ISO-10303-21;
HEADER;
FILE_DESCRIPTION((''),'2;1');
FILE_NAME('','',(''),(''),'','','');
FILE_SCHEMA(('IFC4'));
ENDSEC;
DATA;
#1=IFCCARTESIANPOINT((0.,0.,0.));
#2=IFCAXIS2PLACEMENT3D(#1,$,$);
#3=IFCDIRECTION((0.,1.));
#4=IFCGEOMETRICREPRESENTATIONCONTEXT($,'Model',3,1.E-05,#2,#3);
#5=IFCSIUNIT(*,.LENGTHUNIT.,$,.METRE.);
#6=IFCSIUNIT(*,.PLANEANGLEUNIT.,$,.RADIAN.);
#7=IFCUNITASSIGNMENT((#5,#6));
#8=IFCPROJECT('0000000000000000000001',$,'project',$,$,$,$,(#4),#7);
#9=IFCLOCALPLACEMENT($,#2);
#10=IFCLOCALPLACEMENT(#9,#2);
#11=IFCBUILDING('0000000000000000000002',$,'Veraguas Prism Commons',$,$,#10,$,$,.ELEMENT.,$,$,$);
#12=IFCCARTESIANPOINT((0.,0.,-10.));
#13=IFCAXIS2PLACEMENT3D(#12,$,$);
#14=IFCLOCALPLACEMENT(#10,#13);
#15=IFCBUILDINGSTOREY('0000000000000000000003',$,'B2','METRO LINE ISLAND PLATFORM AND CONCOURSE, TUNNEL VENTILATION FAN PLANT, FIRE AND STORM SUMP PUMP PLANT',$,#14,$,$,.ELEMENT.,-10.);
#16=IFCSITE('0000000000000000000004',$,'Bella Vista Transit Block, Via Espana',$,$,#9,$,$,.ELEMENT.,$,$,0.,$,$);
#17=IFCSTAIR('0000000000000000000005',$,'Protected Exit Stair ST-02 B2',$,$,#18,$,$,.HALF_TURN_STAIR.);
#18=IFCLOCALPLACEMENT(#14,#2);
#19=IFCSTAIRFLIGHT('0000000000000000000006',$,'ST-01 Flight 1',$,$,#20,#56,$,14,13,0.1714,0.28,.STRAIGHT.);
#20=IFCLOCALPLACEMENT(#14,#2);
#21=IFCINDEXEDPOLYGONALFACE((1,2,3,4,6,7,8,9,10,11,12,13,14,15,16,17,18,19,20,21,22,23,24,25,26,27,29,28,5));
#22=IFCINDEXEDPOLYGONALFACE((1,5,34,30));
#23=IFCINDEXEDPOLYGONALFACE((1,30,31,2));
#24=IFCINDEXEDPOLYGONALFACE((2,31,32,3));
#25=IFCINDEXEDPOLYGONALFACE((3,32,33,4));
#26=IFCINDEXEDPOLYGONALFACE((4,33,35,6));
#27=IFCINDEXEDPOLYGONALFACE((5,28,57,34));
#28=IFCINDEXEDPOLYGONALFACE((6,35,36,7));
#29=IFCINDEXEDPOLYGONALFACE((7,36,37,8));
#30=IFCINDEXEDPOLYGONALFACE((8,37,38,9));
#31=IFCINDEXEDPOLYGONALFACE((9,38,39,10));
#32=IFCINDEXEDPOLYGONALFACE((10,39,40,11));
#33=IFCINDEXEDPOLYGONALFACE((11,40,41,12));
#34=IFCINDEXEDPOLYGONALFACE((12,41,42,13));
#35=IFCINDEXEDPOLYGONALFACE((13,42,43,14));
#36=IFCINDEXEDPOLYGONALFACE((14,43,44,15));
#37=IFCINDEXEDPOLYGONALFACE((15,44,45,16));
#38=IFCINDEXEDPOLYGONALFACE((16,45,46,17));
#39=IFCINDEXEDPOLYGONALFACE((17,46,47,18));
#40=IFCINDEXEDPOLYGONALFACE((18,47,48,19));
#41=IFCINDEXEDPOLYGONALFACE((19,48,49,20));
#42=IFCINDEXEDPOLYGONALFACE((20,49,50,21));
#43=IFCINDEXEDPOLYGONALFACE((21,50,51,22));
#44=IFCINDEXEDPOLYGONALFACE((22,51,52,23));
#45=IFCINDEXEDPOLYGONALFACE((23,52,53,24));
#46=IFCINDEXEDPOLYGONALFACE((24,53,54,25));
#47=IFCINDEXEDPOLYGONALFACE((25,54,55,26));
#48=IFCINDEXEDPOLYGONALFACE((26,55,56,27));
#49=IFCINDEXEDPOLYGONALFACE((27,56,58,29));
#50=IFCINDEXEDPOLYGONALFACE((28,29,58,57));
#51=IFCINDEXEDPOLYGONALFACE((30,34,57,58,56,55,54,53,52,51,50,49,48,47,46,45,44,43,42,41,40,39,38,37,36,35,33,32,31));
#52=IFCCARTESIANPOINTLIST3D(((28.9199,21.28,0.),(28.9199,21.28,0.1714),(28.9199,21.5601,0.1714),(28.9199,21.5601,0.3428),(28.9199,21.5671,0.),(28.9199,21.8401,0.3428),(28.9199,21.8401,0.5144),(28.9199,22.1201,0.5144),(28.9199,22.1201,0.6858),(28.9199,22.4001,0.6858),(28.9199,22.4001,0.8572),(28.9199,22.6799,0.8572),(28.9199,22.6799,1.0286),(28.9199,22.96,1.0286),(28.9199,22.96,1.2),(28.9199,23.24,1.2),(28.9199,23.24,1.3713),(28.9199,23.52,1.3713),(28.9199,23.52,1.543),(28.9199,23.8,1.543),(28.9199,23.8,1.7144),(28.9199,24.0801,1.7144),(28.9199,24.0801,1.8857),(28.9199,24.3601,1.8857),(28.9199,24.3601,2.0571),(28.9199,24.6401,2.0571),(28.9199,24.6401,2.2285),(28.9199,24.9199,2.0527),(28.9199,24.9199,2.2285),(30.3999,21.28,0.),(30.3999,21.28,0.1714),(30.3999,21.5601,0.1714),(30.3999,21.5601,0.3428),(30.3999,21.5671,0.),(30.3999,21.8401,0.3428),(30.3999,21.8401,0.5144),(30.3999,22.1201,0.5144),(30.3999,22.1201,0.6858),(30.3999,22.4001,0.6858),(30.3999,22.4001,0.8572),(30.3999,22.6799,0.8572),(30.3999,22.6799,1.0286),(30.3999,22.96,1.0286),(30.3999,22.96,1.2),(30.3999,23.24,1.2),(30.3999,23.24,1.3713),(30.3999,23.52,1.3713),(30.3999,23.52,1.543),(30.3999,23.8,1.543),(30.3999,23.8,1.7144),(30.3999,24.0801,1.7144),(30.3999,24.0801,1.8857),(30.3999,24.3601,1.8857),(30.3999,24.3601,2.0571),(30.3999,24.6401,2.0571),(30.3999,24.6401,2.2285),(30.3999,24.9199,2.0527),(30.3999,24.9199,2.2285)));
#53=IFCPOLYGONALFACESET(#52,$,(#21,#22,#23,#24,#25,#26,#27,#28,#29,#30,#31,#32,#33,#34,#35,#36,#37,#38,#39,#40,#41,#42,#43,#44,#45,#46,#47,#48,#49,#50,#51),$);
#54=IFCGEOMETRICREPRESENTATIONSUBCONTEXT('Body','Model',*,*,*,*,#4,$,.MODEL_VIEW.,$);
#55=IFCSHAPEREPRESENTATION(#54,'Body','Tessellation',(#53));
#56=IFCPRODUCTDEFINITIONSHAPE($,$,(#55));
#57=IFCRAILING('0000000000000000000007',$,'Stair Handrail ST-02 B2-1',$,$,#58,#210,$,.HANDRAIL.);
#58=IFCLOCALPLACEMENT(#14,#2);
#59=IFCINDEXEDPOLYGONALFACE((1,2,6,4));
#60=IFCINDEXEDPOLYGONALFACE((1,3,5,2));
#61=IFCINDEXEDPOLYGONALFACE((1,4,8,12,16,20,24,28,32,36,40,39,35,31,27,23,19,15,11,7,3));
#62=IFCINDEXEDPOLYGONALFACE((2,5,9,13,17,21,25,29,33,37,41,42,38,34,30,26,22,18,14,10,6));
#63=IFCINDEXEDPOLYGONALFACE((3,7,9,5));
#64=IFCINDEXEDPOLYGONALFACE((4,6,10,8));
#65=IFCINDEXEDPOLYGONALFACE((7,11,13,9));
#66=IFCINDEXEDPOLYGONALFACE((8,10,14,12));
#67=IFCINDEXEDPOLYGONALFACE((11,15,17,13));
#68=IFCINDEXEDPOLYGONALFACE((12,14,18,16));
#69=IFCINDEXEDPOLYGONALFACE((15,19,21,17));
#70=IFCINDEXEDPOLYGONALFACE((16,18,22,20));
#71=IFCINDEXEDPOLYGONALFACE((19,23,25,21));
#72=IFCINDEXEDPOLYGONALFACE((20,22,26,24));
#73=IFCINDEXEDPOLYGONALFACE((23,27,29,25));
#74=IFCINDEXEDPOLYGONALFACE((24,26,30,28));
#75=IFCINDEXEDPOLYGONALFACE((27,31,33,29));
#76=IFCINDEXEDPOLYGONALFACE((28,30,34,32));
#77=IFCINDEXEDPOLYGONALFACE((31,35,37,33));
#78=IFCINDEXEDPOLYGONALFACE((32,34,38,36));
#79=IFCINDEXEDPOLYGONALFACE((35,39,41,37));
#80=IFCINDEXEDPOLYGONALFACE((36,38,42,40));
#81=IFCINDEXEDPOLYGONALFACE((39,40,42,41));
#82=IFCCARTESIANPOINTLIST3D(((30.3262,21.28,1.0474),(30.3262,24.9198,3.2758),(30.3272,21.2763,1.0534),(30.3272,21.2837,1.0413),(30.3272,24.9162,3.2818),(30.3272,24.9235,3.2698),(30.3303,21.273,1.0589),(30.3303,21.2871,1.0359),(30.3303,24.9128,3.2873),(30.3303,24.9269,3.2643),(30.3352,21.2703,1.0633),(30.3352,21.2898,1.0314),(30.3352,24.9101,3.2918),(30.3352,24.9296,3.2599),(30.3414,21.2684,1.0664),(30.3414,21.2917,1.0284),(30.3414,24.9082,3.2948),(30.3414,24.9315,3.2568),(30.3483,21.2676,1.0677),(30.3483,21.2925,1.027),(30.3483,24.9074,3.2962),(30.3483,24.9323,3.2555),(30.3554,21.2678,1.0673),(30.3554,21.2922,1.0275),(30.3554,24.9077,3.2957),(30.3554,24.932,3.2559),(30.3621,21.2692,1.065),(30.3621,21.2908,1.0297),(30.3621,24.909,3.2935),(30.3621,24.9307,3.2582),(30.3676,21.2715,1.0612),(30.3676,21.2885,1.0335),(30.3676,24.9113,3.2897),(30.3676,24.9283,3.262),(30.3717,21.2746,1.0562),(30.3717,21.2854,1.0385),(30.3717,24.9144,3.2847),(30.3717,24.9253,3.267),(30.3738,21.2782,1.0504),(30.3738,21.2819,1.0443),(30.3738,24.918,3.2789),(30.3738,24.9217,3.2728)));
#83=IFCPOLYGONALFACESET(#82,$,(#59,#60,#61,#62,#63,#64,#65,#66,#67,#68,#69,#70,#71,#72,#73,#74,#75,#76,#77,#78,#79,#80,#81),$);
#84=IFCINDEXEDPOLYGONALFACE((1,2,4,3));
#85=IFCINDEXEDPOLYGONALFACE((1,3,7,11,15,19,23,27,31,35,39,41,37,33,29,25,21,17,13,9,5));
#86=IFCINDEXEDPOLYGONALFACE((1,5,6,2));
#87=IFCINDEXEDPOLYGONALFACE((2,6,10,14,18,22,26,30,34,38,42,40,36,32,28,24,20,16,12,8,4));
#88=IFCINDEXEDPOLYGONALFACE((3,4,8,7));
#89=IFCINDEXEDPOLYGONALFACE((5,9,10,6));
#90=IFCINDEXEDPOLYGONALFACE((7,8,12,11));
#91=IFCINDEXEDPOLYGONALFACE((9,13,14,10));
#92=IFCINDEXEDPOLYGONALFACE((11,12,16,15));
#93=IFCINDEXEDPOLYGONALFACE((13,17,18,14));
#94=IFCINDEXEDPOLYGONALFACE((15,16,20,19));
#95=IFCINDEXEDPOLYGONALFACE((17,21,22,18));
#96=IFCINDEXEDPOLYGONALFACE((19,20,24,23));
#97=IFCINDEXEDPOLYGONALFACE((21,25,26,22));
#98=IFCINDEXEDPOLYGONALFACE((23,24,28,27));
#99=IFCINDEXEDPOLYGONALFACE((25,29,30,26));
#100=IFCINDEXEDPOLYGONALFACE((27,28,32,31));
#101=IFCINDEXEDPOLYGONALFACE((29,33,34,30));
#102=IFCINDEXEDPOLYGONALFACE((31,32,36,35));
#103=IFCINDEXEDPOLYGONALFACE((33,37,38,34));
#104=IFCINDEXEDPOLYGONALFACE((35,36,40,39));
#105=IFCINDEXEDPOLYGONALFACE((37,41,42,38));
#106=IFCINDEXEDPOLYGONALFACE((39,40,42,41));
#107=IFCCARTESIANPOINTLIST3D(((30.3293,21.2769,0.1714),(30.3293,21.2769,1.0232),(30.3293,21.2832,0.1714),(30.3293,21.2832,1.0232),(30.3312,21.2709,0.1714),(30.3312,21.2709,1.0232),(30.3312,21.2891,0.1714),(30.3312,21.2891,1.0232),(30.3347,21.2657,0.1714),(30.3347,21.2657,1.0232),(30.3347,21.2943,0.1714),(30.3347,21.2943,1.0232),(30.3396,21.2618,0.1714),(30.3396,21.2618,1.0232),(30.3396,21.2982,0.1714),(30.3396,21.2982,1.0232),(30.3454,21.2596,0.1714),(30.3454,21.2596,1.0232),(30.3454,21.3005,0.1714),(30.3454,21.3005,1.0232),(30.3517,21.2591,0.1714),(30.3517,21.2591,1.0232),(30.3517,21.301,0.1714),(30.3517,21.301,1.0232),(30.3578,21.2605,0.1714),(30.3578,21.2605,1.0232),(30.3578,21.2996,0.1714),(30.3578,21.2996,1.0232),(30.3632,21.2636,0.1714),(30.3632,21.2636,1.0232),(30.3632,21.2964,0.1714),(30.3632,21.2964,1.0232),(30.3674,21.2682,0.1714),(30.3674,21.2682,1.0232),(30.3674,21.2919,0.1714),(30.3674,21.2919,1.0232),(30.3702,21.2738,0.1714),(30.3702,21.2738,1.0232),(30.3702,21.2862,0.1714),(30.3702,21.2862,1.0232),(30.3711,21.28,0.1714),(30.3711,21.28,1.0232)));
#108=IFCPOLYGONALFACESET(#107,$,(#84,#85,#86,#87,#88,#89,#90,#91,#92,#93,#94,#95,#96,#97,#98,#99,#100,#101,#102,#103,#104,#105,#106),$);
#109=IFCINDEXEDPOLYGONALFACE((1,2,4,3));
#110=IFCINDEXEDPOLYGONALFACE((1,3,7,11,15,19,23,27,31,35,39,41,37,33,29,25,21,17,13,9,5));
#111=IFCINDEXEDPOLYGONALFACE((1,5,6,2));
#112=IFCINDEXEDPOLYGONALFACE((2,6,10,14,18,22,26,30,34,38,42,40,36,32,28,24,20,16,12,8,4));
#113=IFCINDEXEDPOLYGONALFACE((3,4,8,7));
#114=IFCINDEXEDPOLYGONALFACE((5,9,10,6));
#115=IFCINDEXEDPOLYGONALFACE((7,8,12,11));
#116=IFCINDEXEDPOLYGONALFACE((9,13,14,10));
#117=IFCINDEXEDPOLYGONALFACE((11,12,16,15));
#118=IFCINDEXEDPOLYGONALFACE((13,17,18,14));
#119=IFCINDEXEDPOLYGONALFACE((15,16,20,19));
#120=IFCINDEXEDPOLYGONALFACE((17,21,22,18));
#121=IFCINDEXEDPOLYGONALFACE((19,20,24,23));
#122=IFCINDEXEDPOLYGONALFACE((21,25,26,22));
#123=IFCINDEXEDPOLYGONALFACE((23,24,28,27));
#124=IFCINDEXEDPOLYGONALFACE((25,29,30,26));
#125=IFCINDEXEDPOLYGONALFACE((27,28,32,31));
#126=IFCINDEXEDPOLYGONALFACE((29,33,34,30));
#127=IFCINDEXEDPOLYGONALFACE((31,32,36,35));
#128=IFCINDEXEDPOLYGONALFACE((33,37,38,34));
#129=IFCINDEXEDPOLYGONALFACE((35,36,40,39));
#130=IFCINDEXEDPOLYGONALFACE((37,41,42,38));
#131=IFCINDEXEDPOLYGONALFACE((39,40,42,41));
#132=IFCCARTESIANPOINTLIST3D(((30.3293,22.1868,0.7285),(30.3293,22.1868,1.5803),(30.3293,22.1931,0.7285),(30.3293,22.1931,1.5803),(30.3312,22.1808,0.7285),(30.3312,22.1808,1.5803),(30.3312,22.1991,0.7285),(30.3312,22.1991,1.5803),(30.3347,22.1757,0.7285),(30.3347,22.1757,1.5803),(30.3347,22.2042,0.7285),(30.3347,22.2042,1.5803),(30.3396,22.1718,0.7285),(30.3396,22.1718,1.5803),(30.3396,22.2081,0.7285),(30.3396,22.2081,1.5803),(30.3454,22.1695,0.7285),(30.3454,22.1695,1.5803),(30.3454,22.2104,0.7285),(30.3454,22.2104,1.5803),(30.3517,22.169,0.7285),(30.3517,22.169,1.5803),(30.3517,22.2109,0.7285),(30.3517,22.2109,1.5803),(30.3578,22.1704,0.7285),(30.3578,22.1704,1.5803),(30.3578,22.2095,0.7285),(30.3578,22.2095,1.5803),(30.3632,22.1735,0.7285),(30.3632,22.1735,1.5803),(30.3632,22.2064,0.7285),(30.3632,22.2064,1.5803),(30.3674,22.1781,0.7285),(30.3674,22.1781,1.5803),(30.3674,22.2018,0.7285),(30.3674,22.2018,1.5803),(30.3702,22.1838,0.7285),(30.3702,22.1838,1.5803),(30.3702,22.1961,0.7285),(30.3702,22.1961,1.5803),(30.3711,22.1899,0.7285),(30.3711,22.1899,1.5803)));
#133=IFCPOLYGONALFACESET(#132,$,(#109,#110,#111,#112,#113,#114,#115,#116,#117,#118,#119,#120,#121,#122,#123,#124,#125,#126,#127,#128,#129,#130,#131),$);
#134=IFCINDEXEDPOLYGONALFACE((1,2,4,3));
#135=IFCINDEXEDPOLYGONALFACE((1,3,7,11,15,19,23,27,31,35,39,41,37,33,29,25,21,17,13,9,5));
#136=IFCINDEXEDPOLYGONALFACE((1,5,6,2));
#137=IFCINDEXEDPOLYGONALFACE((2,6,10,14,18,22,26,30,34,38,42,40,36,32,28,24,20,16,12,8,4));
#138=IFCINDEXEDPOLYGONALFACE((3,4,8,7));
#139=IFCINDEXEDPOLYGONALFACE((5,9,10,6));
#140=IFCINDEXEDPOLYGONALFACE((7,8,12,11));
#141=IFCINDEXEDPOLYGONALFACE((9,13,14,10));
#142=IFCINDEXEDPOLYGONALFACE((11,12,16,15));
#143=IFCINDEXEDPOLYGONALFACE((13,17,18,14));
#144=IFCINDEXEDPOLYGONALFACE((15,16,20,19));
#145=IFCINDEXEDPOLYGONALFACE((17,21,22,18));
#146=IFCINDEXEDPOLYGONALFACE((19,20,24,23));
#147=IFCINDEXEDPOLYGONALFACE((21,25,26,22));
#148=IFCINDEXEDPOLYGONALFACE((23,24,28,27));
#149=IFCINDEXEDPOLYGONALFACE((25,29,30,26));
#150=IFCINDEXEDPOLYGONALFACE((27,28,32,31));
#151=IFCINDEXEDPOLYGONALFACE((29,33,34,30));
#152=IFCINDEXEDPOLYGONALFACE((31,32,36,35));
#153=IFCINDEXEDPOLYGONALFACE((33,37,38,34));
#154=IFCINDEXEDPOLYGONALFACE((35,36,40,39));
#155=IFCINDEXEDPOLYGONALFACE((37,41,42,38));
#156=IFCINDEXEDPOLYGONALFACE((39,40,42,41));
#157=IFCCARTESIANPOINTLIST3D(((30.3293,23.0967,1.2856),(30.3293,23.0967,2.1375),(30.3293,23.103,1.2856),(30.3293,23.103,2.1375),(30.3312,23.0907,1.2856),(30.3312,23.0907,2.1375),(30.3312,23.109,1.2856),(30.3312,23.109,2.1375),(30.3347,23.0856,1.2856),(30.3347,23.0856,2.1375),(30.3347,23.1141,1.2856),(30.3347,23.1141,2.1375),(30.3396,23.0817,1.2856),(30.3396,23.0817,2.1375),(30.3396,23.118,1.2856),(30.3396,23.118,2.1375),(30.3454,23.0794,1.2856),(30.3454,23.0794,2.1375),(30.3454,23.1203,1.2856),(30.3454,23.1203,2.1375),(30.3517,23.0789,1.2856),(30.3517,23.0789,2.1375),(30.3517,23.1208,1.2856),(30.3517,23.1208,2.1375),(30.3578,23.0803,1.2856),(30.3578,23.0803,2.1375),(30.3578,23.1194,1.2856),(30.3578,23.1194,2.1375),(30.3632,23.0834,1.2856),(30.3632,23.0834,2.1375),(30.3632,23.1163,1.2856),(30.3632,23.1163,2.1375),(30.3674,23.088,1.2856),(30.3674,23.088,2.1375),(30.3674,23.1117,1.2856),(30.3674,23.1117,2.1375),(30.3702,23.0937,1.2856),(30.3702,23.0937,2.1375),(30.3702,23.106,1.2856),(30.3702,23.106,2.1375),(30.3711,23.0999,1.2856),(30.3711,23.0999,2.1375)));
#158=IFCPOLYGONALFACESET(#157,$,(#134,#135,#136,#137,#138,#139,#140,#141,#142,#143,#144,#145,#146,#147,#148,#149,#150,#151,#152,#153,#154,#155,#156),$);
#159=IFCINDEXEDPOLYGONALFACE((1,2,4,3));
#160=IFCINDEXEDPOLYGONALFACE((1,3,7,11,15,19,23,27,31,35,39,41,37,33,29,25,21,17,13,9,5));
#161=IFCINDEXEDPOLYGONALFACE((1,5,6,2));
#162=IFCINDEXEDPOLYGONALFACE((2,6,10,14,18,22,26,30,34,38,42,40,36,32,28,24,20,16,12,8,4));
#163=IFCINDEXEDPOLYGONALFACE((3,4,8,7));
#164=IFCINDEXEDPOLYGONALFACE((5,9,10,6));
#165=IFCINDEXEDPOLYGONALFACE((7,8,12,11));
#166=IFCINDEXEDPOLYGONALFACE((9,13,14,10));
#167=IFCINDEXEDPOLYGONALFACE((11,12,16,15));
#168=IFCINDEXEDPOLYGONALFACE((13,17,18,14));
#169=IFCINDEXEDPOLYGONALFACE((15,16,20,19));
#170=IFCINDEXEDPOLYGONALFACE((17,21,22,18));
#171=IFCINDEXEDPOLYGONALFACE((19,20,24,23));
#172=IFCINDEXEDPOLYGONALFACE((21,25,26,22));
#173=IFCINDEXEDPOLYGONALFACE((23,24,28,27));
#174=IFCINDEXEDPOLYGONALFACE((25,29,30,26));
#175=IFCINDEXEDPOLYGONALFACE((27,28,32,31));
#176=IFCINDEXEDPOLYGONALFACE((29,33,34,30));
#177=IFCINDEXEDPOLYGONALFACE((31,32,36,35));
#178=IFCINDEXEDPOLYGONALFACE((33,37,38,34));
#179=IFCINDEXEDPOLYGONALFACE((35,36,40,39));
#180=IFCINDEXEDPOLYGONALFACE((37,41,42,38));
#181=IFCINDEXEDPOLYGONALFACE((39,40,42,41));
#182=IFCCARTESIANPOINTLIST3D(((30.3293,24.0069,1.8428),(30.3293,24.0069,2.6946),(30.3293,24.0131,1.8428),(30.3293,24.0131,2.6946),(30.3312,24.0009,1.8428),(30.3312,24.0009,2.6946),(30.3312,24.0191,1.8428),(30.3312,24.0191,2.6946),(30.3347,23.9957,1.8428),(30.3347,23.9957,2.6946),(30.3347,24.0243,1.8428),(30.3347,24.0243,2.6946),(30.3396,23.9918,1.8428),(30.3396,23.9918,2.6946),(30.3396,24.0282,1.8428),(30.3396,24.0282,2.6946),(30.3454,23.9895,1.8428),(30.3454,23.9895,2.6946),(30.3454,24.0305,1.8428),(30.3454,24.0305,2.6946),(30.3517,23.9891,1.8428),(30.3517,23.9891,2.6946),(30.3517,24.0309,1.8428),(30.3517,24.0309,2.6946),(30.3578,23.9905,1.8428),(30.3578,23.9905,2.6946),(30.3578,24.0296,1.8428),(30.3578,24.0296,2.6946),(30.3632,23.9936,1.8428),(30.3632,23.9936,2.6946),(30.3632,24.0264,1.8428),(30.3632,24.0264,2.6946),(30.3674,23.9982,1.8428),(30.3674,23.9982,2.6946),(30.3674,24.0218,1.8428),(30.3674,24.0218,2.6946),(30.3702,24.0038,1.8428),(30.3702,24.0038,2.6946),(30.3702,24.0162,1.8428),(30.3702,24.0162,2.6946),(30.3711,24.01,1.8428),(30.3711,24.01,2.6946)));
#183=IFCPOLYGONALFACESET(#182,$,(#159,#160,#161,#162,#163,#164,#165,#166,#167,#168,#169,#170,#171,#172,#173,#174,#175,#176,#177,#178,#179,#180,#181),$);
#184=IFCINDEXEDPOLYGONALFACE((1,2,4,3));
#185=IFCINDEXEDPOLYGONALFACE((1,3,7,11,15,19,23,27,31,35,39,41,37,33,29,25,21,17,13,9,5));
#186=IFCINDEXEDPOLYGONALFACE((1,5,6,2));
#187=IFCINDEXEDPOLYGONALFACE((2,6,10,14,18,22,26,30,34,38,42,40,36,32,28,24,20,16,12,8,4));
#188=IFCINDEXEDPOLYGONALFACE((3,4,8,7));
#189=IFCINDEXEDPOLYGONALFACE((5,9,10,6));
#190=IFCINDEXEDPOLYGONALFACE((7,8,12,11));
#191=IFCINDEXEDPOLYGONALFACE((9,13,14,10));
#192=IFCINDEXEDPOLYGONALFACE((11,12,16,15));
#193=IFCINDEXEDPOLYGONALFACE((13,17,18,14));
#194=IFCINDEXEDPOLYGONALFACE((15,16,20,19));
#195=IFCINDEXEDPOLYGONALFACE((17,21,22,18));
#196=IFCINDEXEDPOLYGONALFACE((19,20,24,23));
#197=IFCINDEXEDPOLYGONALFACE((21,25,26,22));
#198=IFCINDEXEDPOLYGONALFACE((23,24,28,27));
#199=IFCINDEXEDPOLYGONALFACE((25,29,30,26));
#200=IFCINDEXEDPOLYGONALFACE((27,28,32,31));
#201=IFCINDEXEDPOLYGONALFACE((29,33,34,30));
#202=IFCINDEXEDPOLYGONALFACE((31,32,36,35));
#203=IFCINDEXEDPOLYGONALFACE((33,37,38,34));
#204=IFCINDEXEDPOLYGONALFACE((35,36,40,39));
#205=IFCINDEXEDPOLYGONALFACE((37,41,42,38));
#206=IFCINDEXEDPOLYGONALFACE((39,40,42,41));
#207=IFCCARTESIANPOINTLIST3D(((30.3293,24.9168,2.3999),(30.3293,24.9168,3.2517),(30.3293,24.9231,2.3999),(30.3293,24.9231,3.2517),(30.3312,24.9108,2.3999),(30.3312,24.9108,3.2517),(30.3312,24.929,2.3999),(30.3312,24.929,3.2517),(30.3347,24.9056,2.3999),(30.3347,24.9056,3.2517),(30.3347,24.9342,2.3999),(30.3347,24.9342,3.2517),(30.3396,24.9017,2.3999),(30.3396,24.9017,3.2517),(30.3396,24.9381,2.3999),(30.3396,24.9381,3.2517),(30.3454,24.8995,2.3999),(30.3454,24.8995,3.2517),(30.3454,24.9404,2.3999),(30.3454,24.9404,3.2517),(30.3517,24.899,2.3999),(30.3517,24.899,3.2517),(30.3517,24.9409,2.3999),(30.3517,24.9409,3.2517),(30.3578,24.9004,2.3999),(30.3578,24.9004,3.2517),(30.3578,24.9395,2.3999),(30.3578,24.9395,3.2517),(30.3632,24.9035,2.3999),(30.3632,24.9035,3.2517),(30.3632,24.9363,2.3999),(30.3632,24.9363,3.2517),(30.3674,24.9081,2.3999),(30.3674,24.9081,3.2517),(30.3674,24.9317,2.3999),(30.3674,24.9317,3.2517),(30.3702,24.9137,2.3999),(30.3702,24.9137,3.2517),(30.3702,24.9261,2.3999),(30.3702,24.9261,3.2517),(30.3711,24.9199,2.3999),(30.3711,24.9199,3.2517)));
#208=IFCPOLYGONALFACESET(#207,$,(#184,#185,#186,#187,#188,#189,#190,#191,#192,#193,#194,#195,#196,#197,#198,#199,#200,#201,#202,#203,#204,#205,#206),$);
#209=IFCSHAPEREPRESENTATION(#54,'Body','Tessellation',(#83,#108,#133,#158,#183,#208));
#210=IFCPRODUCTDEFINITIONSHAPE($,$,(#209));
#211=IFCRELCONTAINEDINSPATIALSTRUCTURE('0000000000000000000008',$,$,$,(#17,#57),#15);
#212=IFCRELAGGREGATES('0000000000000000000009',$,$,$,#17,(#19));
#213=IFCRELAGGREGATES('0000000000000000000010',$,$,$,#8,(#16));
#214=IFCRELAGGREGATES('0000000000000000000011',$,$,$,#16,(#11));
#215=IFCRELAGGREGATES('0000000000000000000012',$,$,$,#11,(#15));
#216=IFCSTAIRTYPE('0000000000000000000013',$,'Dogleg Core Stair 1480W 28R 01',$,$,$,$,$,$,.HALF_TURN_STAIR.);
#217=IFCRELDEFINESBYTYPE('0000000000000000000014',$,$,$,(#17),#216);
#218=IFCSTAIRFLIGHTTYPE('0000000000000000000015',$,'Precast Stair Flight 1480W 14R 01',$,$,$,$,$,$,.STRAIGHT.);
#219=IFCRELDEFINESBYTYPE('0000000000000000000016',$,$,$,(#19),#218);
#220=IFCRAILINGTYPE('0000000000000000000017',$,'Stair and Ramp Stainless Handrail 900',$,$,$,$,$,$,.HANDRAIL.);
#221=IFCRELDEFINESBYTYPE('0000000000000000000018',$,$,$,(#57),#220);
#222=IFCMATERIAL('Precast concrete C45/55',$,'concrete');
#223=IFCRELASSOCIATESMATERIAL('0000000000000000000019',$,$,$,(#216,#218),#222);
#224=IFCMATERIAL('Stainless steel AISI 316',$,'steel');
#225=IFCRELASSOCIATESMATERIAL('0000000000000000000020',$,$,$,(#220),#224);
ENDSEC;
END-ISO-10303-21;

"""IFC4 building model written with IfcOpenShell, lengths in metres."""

from ifc_helpers import new_model, si_unit, direction, frame, origin, origin_2d, place, context, subcontext, project, spatial, polyline, circle, outline, extrude, material, type_object, element, aggregate, save


model = new_model("IFC4")

# Units and contexts
model_context = context("Model", 3, precision=1e-05, world=origin(), true_north=direction((0.0, 1.0)))
body_context = subcontext(model_context, "Body", "Model", "MODEL_VIEW")
ifc_project = project(units=[si_unit("LENGTHUNIT", "METRE"), si_unit("PLANEANGLEUNIT", "RADIAN")], contexts=[model_context])

# Site, building, storey
site_placement = place(None, origin())
site = spatial("IfcSite", under=ifc_project, at=site_placement, Name="Bella Vista Transit Block, Via Espana", CompositionType="ELEMENT", RefElevation=0.0)
building_placement = place(site_placement, origin())
building = spatial("IfcBuilding", under=site, at=building_placement, Name="Veraguas Prism Commons", CompositionType="ELEMENT")
storey_placement = place(building_placement, frame((0.0, 0.0, -10.0)))
storey = spatial("IfcBuildingStorey", under=building, at=storey_placement, Name="B2", Description="METRO LINE ISLAND PLATFORM AND CONCOURSE, TUNNEL VENTILATION FAN PLANT, FIRE AND STORM SUMP PUMP PLANT", CompositionType="ELEMENT", Elevation=-10.0)

# Shared definitions
ifc_material_1 = material(Name="Stainless steel AISI 316", Category="steel")

# Stair, stair flight
ifc_material_2 = material(Name="Precast concrete C45/55", Category="concrete")
stair_type = type_object("IfcStairType", Name="Dogleg Core Stair 1480W 28R 01", PredefinedType="HALF_TURN_STAIR", material=ifc_material_2)
stair_placement = place(storey_placement, origin())
stair = element("IfcStair", 1, at=stair_placement, inside=storey, type_object=stair_type, Name="Protected Exit Stair ST-02 B2", PredefinedType="HALF_TURN_STAIR")
stair_flight_type = type_object("IfcStairFlightType", Name="Precast Stair Flight 1480W 14R 01", PredefinedType="STRAIGHT", material=ifc_material_2)
stair_flight_placement = place(storey_placement, frame((29.6599, 21.28, 0.0), z_axis=(0.0, 0.0, 1.0), x_axis=(0.0, 1.0, 0.0)))
stair_flight = element("IfcStairFlight", 2, at=stair_flight_placement, type_object=stair_flight_type, Name="ST-01 Flight 1", NumberOfRisers=14, NumberOfTreads=13, PredefinedType="STRAIGHT", RiserHeight=0.1714, TreadLength=0.28, context=body_context, shape_type="SweptSolid", body=[
    extrude(outline(polyline([(0.0, 0.0), (0.0, 0.1714), (0.28, 0.1714), (0.28, 0.3428), (0.5601, 0.3428), (0.5601, 0.5144), (0.8401, 0.5144), (0.8401, 0.6858), (1.1201, 0.6858), (1.1201, 0.8572), (1.3999, 0.8572), (1.3999, 1.0286), (1.6799, 1.0286), (1.6799, 1.2), (1.96, 1.2), (1.96, 1.3713), (2.24, 1.3713), (2.24, 1.543), (2.52, 1.543), (2.52, 1.7144), (2.8, 1.7144), (2.8, 1.8857), (3.0801, 1.8857), (3.0801, 2.0571), (3.3601, 2.0571), (3.3601, 2.2285), (3.6399, 2.2285), (3.6399, 2.3999), (3.6399, 2.0527), (0.2871, 0.0), (0.0, 0.0)])), frame((0.0, 0.74, 0.0), z_axis=(0.0, -1.0, 0.0), x_axis=(1.0, 0.0, 0.0)), (0.0, 0.0, 1.0), 1.48),
])
aggregate(stair, [stair_flight])

# Railing
railing_type_1 = type_object("IfcRailingType", Name="Stair and Ramp Stainless Handrail 900", PredefinedType="HANDRAIL", material=ifc_material_1)
railing_1_placement = place(storey_placement, frame((30.3501, 21.28, 0.1714)))
element("IfcRailing", 3, at=railing_1_placement, inside=storey, type_object=railing_type_1, Name="Stair Handrail ST-02 B2-1", PredefinedType="HANDRAIL", context=body_context, shape_type="SweptSolid", body=[
    extrude(circle(Radius=0.0239, at=origin_2d()), frame((0.0, 0.0, 0.876), z_axis=(0.0, 0.85285, 0.522156), x_axis=(-1.0, 0.0, 0.0)), (0.0, 0.0, 1.0), 4.2678),
    extrude(circle(Radius=0.021, at=origin_2d()), origin(), (0.0, 0.0, 1.0), 0.8518),
    extrude(circle(Radius=0.021, at=origin_2d()), frame((0.0, 0.9099, 0.5571)), (0.0, 0.0, 1.0), 0.8518),
    extrude(circle(Radius=0.021, at=origin_2d()), frame((0.0, 1.8198, 1.1143)), (0.0, 0.0, 1.0), 0.8518),
    extrude(circle(Radius=0.021, at=origin_2d()), frame((0.0, 2.73, 1.6714)), (0.0, 0.0, 1.0), 0.8518),
    extrude(circle(Radius=0.021, at=origin_2d()), frame((0.0, 3.6399, 2.2285)), (0.0, 0.0, 1.0), 0.8518),
])

save(model, "model.ifc")
